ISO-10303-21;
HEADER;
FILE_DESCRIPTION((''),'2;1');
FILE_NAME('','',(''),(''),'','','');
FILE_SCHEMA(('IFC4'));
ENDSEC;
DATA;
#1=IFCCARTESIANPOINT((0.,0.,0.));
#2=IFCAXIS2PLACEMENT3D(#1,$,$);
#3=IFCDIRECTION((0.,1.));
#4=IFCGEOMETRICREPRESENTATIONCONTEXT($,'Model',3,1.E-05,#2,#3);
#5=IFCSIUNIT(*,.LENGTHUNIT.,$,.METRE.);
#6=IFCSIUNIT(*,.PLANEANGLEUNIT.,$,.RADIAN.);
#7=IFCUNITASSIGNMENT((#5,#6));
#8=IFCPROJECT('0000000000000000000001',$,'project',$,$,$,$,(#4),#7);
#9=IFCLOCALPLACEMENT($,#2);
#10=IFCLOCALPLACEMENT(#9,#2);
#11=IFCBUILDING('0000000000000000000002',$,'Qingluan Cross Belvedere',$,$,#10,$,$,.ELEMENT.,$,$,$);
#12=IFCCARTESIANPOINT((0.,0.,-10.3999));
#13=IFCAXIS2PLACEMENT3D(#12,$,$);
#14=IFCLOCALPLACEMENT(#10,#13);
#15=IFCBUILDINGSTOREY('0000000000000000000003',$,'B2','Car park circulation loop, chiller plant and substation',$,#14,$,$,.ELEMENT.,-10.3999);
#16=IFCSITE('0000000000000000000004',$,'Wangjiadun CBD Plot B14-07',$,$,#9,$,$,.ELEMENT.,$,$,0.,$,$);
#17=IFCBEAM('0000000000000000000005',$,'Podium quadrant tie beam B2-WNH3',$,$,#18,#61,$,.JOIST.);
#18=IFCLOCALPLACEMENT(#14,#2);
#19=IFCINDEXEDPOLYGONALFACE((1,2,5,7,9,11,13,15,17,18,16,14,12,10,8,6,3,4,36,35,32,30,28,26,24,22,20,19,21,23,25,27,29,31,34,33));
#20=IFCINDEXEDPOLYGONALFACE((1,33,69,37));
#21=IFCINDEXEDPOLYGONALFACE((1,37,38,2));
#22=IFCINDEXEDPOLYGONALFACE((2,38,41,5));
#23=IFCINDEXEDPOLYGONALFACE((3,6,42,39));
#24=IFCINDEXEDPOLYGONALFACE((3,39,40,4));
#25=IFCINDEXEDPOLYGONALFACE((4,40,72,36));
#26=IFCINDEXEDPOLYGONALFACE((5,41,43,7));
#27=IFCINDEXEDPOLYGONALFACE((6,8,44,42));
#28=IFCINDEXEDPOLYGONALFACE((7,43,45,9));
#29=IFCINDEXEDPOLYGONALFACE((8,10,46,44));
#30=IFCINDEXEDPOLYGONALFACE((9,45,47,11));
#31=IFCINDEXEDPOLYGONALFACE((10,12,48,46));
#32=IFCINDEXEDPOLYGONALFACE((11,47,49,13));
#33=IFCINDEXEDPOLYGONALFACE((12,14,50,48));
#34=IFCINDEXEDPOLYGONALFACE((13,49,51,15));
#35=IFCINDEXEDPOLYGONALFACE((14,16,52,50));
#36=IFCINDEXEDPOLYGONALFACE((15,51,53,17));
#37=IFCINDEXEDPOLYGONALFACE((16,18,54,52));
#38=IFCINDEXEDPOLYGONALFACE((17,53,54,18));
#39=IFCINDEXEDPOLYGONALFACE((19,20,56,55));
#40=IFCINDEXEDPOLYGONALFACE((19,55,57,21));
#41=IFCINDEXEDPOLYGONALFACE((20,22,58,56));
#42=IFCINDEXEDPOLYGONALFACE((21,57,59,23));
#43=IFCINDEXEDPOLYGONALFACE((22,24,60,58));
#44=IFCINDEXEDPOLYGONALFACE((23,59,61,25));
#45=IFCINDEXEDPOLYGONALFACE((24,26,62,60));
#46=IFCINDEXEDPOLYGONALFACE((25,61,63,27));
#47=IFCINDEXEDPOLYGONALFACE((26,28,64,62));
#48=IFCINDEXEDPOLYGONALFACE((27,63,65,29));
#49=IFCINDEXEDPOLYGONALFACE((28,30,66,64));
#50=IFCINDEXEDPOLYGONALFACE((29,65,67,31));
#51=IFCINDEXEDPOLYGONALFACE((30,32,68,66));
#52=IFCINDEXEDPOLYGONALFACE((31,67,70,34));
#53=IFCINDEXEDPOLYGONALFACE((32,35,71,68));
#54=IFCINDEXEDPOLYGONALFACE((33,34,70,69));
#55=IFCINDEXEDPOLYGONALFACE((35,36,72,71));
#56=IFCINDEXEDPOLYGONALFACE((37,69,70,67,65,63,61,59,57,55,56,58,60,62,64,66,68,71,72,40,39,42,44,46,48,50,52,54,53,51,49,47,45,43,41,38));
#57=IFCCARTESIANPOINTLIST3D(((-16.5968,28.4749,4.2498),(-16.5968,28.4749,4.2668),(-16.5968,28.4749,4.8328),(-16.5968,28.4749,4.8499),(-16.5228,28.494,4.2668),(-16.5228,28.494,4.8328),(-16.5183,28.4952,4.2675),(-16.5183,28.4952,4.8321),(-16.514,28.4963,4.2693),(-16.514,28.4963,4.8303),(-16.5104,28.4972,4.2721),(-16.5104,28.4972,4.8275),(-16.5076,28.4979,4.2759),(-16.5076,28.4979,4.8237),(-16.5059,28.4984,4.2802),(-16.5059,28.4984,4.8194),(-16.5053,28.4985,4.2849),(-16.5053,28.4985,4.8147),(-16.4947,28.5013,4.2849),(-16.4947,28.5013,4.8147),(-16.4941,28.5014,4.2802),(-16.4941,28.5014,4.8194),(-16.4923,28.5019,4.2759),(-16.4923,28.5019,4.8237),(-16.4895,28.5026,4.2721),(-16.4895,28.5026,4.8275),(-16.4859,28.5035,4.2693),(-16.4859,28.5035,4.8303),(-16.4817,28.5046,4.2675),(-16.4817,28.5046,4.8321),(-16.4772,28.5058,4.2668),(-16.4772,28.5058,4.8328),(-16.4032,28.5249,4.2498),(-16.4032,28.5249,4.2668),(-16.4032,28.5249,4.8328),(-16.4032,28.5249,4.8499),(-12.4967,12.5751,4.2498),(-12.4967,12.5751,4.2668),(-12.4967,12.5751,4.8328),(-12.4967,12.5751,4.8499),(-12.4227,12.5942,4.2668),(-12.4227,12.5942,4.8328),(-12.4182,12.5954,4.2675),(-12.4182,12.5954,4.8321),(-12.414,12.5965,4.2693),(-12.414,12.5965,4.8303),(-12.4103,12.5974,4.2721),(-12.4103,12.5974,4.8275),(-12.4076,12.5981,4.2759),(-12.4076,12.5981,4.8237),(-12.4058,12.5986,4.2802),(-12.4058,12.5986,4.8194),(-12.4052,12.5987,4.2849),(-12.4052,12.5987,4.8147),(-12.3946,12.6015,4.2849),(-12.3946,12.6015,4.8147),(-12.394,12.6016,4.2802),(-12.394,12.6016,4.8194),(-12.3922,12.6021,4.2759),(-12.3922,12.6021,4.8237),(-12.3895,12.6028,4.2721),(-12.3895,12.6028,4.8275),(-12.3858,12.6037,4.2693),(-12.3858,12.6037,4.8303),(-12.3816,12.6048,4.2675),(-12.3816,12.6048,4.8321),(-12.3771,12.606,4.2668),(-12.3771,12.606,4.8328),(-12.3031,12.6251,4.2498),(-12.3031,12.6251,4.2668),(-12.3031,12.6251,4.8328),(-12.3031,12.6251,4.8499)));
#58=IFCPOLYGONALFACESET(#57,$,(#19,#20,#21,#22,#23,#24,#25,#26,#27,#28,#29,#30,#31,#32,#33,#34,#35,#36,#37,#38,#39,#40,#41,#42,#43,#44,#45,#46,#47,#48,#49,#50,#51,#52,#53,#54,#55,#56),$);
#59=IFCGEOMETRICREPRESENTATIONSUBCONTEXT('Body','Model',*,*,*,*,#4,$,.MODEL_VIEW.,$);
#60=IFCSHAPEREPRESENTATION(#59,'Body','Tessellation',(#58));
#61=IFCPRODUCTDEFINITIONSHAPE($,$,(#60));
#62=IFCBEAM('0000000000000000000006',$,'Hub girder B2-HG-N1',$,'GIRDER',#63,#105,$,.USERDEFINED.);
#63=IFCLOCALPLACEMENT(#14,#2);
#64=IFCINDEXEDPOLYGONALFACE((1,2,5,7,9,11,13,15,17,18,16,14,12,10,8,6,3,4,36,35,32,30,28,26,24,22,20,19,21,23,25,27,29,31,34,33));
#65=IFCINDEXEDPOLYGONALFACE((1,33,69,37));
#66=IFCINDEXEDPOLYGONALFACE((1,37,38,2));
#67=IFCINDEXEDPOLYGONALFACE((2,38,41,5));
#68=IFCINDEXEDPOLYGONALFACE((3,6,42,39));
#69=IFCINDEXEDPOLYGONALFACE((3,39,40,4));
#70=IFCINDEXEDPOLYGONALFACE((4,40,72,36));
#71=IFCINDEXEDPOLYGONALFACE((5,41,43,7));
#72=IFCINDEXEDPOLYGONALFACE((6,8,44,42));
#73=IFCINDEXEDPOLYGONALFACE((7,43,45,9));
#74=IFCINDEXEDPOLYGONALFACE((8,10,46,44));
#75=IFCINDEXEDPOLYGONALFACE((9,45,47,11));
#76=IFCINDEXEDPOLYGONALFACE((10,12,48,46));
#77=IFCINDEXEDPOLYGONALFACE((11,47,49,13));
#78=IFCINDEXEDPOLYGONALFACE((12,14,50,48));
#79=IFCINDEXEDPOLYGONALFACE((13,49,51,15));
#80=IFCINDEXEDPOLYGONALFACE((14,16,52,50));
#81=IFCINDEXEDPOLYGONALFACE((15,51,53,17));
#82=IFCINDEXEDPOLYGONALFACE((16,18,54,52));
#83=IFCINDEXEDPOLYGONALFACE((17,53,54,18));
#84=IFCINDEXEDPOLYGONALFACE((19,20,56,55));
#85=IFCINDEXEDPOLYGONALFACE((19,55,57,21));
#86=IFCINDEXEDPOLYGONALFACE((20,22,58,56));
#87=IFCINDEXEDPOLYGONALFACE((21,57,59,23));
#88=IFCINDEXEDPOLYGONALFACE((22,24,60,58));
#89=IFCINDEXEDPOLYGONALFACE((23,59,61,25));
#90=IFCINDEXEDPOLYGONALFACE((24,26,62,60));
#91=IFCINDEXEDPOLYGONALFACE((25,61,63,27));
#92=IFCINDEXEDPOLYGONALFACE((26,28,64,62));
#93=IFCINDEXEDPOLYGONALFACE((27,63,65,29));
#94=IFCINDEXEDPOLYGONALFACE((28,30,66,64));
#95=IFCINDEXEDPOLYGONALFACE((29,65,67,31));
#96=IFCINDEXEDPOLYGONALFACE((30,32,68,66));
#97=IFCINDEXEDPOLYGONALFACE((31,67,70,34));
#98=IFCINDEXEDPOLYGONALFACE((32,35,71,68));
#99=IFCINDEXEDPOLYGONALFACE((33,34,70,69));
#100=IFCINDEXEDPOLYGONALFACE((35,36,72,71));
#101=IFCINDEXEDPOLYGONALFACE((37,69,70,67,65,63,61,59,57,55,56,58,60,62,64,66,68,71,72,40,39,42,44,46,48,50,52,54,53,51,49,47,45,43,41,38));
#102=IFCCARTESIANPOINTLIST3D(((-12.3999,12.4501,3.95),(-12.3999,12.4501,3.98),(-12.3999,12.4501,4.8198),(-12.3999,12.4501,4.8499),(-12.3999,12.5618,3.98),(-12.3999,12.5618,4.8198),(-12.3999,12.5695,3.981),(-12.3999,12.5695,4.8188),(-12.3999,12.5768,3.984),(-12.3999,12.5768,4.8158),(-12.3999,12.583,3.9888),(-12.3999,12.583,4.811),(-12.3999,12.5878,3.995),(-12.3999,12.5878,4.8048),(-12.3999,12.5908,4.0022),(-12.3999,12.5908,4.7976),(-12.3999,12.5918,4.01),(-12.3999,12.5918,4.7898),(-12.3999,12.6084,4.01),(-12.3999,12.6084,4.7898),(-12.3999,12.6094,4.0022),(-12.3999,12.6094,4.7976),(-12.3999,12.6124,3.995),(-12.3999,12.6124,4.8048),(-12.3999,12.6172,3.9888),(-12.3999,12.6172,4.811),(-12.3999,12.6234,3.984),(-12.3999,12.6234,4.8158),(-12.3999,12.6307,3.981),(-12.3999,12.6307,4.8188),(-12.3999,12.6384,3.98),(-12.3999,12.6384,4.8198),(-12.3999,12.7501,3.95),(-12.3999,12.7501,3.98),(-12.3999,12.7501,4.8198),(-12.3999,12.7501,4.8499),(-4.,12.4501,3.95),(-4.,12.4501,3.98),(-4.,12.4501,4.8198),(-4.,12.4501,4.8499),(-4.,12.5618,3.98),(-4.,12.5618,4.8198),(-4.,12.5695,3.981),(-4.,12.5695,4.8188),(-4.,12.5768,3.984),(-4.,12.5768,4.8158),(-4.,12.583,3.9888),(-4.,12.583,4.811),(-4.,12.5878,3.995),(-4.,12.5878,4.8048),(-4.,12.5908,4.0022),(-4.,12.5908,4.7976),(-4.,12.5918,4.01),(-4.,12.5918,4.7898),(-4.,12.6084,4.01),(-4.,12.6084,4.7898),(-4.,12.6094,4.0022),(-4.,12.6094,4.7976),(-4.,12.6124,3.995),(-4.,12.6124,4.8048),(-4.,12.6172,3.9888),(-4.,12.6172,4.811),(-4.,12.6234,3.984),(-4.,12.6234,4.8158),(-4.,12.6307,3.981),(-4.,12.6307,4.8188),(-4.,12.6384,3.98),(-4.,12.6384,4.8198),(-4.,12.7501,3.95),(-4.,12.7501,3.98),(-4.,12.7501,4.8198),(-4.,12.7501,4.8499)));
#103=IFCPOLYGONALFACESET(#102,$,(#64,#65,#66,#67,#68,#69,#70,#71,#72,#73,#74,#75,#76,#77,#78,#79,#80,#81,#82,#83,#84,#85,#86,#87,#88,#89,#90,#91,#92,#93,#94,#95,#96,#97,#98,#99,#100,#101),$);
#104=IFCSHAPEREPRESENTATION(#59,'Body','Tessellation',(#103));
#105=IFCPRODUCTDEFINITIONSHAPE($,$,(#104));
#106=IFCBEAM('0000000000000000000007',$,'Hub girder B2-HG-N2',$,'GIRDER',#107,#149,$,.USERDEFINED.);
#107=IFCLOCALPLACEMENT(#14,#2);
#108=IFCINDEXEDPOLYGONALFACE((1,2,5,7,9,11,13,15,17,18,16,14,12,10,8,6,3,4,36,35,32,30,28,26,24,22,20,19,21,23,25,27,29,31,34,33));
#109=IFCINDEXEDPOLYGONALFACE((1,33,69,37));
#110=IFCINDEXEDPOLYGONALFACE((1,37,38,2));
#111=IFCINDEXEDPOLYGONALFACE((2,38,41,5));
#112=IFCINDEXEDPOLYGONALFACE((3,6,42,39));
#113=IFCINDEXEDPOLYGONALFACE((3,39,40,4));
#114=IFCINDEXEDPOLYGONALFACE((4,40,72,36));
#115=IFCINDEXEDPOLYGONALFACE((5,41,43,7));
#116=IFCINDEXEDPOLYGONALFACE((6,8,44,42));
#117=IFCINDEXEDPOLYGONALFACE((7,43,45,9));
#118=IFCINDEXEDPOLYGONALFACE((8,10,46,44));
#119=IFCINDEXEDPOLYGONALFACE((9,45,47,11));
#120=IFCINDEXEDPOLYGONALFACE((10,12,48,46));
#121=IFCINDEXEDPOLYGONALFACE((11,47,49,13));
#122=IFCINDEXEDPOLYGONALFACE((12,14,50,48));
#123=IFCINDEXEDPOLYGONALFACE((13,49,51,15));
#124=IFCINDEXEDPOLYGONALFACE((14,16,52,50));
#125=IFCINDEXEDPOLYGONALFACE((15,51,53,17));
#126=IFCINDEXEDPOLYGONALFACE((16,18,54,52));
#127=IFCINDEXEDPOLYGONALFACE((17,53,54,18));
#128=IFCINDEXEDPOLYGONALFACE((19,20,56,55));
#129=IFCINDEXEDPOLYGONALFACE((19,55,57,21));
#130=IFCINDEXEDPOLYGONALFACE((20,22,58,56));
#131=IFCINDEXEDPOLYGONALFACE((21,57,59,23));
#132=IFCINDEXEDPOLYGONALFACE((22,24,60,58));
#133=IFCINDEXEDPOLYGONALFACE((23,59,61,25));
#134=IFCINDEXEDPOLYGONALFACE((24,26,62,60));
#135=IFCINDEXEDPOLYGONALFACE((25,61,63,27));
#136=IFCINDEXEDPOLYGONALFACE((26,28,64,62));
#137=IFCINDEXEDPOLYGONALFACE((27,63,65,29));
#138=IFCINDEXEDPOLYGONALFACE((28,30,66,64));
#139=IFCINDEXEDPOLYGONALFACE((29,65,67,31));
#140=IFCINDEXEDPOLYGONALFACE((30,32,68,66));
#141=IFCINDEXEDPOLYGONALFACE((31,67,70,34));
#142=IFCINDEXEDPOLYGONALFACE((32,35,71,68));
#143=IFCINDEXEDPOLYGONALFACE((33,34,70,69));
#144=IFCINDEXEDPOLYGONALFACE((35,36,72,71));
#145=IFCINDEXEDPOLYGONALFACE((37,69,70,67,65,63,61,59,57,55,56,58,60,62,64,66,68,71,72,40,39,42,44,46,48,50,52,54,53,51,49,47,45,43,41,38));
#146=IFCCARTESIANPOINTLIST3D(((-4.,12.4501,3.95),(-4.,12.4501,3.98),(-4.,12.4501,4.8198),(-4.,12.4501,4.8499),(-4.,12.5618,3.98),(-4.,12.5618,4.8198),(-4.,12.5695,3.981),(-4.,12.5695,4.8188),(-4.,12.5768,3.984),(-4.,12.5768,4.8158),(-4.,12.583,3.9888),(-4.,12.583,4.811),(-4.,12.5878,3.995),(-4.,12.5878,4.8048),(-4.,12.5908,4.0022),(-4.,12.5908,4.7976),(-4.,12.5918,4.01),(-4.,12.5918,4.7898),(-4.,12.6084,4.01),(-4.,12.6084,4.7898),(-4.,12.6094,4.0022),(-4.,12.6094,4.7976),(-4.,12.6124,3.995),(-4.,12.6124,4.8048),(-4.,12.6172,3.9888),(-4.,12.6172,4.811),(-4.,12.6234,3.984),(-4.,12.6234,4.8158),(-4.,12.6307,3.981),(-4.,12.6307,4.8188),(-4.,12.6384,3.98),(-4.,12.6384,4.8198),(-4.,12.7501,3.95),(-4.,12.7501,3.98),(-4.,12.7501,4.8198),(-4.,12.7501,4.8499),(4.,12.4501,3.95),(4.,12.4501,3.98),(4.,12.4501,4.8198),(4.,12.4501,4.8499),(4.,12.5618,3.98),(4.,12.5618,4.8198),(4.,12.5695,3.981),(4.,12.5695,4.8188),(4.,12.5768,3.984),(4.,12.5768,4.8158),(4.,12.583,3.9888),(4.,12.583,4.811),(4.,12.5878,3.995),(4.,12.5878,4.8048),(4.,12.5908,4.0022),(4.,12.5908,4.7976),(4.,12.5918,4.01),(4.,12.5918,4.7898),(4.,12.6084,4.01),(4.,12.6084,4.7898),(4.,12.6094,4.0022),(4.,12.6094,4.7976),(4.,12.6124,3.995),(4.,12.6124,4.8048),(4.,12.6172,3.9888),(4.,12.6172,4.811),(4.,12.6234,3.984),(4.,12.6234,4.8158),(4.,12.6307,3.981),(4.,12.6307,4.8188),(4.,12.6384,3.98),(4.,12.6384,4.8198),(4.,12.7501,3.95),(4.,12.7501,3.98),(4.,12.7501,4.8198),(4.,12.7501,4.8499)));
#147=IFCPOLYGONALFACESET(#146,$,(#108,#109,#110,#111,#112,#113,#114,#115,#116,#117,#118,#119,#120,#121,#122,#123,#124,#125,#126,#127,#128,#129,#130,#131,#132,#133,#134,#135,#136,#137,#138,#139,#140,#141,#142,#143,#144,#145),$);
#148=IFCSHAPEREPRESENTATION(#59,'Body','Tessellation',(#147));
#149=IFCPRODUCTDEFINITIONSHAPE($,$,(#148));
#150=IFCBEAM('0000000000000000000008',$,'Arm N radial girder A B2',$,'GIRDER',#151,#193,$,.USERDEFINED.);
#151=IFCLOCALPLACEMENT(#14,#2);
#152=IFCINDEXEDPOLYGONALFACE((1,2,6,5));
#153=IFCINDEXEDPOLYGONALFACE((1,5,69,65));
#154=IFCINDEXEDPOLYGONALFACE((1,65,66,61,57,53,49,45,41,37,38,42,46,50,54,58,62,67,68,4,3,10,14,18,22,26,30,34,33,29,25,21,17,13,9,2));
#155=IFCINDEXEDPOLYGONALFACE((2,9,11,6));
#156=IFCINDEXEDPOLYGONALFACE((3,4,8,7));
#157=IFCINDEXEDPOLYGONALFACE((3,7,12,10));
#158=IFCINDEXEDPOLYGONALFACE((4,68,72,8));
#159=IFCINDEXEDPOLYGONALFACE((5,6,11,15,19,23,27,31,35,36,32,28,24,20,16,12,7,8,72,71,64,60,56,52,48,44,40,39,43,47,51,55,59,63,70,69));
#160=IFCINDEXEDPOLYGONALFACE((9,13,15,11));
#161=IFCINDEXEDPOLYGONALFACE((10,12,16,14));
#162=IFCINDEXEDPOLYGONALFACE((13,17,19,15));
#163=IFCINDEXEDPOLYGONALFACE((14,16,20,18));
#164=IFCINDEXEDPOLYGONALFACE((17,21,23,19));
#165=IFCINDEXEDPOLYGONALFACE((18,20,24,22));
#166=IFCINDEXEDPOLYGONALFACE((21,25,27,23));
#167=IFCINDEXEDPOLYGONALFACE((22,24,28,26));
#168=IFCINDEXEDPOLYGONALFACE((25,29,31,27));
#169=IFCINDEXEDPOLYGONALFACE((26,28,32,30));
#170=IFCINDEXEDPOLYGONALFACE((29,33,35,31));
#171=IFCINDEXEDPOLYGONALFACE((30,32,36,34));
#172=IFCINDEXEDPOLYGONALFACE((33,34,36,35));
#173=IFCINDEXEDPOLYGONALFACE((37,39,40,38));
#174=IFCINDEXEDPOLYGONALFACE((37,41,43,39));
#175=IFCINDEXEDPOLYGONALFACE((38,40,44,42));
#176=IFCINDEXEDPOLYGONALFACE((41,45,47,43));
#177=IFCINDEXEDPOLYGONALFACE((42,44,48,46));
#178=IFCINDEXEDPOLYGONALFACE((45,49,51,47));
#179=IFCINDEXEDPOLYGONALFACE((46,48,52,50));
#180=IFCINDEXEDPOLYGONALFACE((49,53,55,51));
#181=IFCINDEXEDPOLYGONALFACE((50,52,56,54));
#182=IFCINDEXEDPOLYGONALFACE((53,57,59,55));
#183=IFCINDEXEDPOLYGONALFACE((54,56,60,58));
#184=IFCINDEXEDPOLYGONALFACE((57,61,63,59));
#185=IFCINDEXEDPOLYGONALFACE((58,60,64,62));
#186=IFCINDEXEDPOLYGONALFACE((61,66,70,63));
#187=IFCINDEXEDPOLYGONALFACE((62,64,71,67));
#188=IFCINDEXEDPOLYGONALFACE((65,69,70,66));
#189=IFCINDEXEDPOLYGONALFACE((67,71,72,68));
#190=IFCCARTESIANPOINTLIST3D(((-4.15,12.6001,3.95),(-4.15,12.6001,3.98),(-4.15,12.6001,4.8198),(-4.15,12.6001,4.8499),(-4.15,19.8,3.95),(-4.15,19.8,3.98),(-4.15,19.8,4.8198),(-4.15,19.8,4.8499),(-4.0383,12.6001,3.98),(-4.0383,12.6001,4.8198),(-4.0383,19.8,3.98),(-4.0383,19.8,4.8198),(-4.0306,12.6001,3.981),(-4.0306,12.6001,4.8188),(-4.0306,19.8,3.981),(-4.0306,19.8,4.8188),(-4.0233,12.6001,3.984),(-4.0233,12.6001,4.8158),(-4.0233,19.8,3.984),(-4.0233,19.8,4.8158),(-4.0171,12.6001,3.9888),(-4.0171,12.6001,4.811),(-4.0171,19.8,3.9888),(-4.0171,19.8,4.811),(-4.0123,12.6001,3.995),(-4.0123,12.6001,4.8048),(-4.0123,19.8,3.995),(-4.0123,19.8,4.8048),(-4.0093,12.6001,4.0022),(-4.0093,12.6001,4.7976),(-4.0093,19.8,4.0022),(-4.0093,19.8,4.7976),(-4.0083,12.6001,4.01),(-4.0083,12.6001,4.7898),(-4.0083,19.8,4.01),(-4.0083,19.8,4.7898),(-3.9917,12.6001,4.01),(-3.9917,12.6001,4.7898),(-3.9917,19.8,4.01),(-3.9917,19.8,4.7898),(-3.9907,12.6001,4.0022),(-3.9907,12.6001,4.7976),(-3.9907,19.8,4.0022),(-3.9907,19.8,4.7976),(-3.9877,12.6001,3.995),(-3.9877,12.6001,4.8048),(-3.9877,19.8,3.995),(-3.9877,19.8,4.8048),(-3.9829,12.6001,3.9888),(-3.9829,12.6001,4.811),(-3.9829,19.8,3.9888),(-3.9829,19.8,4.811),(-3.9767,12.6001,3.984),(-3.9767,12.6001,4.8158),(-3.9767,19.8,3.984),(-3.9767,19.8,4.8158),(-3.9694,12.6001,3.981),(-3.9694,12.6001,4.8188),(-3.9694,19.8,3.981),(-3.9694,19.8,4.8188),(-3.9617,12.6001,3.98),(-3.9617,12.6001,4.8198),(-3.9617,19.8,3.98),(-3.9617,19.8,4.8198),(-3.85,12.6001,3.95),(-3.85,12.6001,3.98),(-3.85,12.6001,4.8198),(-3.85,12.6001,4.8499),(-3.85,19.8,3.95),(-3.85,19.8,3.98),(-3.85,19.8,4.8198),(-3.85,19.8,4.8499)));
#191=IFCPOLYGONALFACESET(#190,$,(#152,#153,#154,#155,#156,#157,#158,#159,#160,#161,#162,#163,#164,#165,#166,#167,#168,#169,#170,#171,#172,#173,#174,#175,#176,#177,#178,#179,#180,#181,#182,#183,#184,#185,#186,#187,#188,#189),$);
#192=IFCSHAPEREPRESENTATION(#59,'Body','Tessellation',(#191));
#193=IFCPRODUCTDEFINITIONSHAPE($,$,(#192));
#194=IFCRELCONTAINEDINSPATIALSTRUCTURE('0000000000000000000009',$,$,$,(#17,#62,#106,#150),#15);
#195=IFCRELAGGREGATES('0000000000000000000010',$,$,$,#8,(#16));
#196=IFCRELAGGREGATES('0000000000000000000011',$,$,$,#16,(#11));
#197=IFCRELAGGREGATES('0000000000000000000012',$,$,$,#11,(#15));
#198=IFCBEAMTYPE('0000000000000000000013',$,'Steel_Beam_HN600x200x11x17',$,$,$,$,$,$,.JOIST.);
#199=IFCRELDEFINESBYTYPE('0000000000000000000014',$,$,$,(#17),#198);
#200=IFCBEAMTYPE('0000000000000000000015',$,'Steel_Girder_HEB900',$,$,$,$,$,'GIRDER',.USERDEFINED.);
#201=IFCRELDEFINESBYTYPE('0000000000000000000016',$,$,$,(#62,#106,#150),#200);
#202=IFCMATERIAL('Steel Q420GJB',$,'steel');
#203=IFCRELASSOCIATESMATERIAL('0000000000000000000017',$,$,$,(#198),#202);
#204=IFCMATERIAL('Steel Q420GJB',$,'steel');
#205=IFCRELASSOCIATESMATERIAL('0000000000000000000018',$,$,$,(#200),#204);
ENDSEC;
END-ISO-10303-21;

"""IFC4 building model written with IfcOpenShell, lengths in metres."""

from ifc_helpers import new_model, si_unit, direction, frame, origin, origin_2d, place, context, subcontext, project, spatial, i_section, extrude, material, material_profile, profile_set, type_object, element, save


model = new_model("IFC4")

# Units and contexts
model_context = context("Model", 3, precision=1e-05, world=origin(), true_north=direction((0.0, 1.0)))
body_context = subcontext(model_context, "Body", "Model", "MODEL_VIEW")
ifc_project = project(units=[si_unit("LENGTHUNIT", "METRE"), si_unit("PLANEANGLEUNIT", "RADIAN")], contexts=[model_context])

# Site, building, storey
site_placement = place(None, origin())
site = spatial("IfcSite", under=ifc_project, at=site_placement, Name="Wangjiadun CBD Plot B14-07", CompositionType="ELEMENT", RefElevation=0.0)
building_placement = place(site_placement, origin())
building = spatial("IfcBuilding", under=site, at=building_placement, Name="Qingluan Cross Belvedere", CompositionType="ELEMENT")
storey_placement = place(building_placement, frame((0.0, 0.0, -10.3999)))
storey = spatial("IfcBuildingStorey", under=building, at=storey_placement, Name="B2", Description="Car park circulation loop, chiller plant and substation", CompositionType="ELEMENT", Elevation=-10.3999)

# Beams
ifc_material_1 = material(Name="Steel Q420GJB", Category="steel")
ifc_material_profile_1 = material_profile(ifc_material_1, i_section(OverallWidth=0.2, OverallDepth=0.6001, WebThickness=0.011, FlangeThickness=0.0171, FilletRadius=0.0181, at=origin_2d()), Name="HN600x200x11x17")
ifc_profile_set_1 = profile_set([ifc_material_profile_1], Name="Steel Q420GJB")
beam_type_1 = type_object("IfcBeamType", Name="Steel_Beam_HN600x200x11x17", PredefinedType="JOIST", material=ifc_profile_set_1)
beam_1_placement = place(storey_placement, frame((-12.3999, 12.6001, 4.5498), z_axis=(-0.249701, 0.968323, 0.0), x_axis=(-0.968323, -0.249701, 0.0)))
element("IfcBeam", 1, at=beam_1_placement, inside=storey, type_object=beam_type_1, Name="Podium quadrant tie beam B2-WNH3", PredefinedType="JOIST", context=body_context, shape_type="SweptSolid", body=[
    extrude(i_section(OverallWidth=0.2, OverallDepth=0.6001, WebThickness=0.011, FlangeThickness=0.0171, FilletRadius=0.0181, at=origin_2d()), origin(), (0.0, 0.0, 1.0), 16.4199),
])
ifc_material_2 = material(Name="Steel Q420GJB", Category="steel")
ifc_material_profile_2 = material_profile(ifc_material_2, i_section(OverallWidth=0.3, OverallDepth=0.8999, WebThickness=0.0166, FlangeThickness=0.03, FilletRadius=0.03, at=origin_2d()), Name="HEB900")
ifc_profile_set_2 = profile_set([ifc_material_profile_2], Name="Steel Q420GJB")
beam_type_2 = type_object("IfcBeamType", Name="Steel_Girder_HEB900", ElementType="GIRDER", PredefinedType="USERDEFINED", material=ifc_profile_set_2)
beam_2_placement = place(storey_placement, frame((-12.3999, 12.6001, 4.3999), z_axis=(1.0, 0.0, 0.0), x_axis=(0.0, 1.0, 0.0)))
element("IfcBeam", 2, at=beam_2_placement, inside=storey, type_object=beam_type_2, Name="Hub girder B2-HG-N1", ObjectType="GIRDER", PredefinedType="USERDEFINED", context=body_context, shape_type="SweptSolid", body=[
    extrude(i_section(OverallWidth=0.3, OverallDepth=0.8999, WebThickness=0.0166, FlangeThickness=0.03, FilletRadius=0.03, at=origin_2d()), origin(), (0.0, 0.0, 1.0), 8.3999),
])
beam_3_placement = place(storey_placement, frame((-4.0, 12.6001, 4.3999), z_axis=(1.0, 0.0, 0.0), x_axis=(0.0, 1.0, 0.0)))
element("IfcBeam", 3, at=beam_3_placement, inside=storey, type_object=beam_type_2, Name="Hub girder B2-HG-N2", ObjectType="GIRDER", PredefinedType="USERDEFINED", context=body_context, shape_type="SweptSolid", body=[
    extrude(i_section(OverallWidth=0.3, OverallDepth=0.8999, WebThickness=0.0166, FlangeThickness=0.03, FilletRadius=0.03, at=origin_2d()), origin(), (0.0, 0.0, 1.0), 8.0),
])
beam_4_placement = place(storey_placement, frame((-4.0, 12.6001, 4.3999), z_axis=(0.0, 1.0, 0.0), x_axis=(-1.0, 0.0, 0.0)))
element("IfcBeam", 4, at=beam_4_placement, inside=storey, type_object=beam_type_2, Name="Arm N radial girder A B2", ObjectType="GIRDER", PredefinedType="USERDEFINED", context=body_context, shape_type="SweptSolid", body=[
    extrude(i_section(OverallWidth=0.3, OverallDepth=0.8999, WebThickness=0.0166, FlangeThickness=0.03, FilletRadius=0.03, at=origin_2d()), origin(), (0.0, 0.0, 1.0), 7.2),
])

save(model, "model.ifc")
